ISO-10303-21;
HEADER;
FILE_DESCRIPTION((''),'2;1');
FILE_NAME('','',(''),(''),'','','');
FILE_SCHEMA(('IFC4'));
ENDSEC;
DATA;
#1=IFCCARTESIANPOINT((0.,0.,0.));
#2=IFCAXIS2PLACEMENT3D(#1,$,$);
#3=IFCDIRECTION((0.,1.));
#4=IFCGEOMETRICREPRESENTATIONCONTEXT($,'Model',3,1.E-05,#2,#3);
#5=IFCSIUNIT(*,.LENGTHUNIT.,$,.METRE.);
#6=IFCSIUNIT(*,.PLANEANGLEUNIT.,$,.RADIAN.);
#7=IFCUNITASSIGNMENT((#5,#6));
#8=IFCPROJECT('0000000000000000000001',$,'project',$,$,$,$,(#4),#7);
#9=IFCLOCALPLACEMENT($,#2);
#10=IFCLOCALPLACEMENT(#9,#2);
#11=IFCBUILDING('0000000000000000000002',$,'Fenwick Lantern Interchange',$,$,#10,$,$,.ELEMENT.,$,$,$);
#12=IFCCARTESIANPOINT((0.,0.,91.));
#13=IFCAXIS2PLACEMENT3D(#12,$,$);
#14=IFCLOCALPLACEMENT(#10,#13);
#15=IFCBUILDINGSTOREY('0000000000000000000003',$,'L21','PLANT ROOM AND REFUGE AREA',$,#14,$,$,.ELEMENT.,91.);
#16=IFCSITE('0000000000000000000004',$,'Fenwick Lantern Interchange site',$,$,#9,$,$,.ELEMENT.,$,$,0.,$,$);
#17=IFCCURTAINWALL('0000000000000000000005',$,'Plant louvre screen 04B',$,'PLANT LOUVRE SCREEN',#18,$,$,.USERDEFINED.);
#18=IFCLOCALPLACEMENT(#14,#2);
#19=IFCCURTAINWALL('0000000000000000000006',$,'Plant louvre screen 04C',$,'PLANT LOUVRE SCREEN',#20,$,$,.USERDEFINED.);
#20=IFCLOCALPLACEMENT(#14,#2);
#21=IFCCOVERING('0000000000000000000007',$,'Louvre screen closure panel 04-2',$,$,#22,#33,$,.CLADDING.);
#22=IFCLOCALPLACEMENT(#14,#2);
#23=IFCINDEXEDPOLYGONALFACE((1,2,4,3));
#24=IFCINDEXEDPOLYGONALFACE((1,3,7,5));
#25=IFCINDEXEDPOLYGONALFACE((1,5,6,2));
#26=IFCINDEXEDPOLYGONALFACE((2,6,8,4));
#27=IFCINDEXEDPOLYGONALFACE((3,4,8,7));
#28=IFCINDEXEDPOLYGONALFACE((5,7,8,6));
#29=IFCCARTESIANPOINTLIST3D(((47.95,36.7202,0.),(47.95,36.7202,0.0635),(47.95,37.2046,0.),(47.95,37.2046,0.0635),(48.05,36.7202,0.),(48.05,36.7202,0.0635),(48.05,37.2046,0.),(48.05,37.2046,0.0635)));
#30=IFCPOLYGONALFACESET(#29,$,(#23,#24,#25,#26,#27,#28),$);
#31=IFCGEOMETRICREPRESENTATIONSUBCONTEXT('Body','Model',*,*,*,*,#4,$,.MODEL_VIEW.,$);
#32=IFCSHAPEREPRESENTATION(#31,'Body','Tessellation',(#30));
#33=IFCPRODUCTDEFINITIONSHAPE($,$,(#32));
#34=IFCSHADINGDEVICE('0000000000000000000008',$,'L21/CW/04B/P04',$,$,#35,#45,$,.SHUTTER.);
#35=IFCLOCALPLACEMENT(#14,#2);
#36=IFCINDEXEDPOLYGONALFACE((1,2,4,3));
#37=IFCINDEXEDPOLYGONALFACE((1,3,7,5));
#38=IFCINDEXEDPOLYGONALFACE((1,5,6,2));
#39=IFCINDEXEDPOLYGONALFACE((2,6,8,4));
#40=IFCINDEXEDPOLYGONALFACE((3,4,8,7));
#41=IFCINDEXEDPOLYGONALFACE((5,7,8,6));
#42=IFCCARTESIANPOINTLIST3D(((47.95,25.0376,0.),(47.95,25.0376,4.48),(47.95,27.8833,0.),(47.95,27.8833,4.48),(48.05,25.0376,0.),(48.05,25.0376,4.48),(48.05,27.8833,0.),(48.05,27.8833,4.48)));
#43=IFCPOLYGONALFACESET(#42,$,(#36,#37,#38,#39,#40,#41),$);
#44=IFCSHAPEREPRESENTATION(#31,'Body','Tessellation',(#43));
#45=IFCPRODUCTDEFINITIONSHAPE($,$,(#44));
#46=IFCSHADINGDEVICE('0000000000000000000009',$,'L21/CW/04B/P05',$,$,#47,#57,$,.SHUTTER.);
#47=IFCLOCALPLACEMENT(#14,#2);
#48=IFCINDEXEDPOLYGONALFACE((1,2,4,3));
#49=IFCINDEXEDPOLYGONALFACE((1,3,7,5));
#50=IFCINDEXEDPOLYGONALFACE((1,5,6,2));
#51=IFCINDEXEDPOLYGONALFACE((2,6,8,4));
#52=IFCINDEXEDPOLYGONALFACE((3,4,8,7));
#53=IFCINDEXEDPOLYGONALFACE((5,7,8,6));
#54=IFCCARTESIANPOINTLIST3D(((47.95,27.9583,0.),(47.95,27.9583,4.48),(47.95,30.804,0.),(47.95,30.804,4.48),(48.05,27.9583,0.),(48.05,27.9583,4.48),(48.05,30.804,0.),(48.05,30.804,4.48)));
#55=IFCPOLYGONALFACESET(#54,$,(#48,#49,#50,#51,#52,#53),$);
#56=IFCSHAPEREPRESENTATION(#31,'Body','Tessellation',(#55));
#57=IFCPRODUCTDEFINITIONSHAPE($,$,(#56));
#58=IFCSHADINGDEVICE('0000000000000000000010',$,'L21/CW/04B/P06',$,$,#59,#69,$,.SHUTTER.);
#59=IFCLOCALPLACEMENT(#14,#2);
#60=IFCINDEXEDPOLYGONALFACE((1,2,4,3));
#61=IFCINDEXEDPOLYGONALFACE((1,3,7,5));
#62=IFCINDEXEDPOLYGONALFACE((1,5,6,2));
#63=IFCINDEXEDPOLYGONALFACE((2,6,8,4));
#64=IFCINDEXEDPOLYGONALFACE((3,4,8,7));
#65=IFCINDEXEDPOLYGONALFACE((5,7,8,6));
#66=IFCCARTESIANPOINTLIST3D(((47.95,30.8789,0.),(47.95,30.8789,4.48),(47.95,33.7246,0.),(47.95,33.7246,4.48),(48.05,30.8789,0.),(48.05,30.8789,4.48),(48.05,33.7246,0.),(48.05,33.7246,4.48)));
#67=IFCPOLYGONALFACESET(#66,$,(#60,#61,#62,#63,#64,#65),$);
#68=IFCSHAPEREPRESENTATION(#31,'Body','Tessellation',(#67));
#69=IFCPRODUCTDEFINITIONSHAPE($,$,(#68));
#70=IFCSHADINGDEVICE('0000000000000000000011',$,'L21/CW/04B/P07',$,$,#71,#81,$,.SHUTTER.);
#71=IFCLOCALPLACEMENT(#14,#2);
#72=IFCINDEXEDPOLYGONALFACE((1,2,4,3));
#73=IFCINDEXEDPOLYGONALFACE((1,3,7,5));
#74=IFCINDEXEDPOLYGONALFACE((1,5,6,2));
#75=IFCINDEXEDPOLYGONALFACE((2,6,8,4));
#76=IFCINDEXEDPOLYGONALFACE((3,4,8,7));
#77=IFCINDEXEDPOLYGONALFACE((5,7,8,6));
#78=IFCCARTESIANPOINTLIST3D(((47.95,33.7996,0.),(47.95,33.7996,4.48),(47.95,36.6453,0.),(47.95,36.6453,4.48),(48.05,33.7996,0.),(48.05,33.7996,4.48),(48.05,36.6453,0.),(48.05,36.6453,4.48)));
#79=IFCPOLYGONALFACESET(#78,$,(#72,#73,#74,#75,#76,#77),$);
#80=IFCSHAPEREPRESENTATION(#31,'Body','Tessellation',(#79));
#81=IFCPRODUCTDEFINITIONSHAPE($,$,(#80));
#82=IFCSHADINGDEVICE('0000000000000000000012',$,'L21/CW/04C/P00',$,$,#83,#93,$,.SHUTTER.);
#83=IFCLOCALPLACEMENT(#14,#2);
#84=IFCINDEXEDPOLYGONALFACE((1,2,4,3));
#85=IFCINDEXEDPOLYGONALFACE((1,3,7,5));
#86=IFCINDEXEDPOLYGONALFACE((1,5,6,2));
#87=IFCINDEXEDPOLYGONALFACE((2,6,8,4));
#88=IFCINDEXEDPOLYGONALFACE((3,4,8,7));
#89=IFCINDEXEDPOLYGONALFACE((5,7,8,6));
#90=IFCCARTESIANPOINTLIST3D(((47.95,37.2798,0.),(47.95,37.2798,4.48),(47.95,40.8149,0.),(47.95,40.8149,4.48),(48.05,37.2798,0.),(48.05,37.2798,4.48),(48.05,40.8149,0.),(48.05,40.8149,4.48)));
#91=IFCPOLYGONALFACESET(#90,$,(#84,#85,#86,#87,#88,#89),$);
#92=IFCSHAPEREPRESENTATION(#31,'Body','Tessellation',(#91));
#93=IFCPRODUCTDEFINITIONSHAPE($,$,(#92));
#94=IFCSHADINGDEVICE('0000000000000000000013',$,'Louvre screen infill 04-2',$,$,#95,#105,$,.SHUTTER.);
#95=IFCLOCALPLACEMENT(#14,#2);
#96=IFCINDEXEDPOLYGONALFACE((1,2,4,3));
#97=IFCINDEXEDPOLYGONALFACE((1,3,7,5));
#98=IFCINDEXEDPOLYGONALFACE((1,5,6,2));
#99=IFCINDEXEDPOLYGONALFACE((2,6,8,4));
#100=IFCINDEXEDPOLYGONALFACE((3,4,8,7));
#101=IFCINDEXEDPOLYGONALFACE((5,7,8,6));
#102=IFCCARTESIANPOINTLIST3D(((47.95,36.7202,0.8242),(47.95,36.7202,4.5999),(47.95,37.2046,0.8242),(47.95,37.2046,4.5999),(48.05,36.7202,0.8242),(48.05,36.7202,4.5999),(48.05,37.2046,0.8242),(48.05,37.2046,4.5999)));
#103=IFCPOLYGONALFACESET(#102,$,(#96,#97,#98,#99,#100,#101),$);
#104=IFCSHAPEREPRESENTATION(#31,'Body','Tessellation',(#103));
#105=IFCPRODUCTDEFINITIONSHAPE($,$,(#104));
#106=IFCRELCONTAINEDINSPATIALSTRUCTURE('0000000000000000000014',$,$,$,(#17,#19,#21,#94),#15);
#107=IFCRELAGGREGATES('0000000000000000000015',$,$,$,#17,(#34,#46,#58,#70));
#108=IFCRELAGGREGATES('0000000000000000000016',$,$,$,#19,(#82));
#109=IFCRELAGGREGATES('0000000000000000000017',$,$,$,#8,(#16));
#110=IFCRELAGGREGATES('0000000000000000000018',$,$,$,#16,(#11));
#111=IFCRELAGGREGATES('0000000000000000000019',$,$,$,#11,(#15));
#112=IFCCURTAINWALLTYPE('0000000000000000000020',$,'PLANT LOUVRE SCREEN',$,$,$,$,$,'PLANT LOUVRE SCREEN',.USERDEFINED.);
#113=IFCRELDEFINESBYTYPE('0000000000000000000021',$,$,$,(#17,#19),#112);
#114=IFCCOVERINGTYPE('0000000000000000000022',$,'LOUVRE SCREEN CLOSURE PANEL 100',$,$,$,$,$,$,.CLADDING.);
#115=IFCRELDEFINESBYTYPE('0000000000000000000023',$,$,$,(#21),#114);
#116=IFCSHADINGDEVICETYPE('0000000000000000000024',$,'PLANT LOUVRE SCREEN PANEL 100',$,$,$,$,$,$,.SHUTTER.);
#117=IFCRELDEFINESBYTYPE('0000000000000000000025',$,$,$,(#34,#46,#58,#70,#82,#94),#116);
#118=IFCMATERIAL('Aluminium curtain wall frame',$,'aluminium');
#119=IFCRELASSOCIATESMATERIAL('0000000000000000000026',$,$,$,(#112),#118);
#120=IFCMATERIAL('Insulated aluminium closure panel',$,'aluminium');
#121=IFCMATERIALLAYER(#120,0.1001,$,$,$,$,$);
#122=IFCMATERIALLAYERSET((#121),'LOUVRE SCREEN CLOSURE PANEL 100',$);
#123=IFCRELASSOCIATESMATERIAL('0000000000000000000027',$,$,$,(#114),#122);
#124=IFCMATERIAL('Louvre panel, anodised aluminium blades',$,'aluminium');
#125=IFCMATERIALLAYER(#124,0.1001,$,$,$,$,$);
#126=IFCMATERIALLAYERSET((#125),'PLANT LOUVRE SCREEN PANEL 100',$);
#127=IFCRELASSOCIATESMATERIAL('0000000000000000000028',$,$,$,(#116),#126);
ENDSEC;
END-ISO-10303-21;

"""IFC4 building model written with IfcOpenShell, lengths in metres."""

from ifc_helpers import new_model, si_unit, direction, frame, origin, origin_2d, place, context, subcontext, project, spatial, rectangle, extrude, material, layer, layer_set, type_object, element, aggregate, save


model = new_model("IFC4")

# Units and contexts
model_context = context("Model", 3, precision=1e-05, world=origin(), true_north=direction((0.0, 1.0)))
body_context = subcontext(model_context, "Body", "Model", "MODEL_VIEW")
ifc_project = project(units=[si_unit("LENGTHUNIT", "METRE"), si_unit("PLANEANGLEUNIT", "RADIAN")], contexts=[model_context])

# Site, building, storey
site_placement = place(None, origin())
site = spatial("IfcSite", under=ifc_project, at=site_placement, Name="Fenwick Lantern Interchange site", CompositionType="ELEMENT", RefElevation=0.0)
building_placement = place(site_placement, origin())
building = spatial("IfcBuilding", under=site, at=building_placement, Name="Fenwick Lantern Interchange", CompositionType="ELEMENT")
storey_placement = place(building_placement, frame((0.0, 0.0, 91.0)))
storey = spatial("IfcBuildingStorey", under=building, at=storey_placement, Name="L21", Description="PLANT ROOM AND REFUGE AREA", CompositionType="ELEMENT", Elevation=91.0)

# Curtain walls
ifc_material_1 = material(Name="Aluminium curtain wall frame", Category="aluminium")
curtain_wall_type = type_object("IfcCurtainWallType", Name="PLANT LOUVRE SCREEN", ElementType="PLANT LOUVRE SCREEN", PredefinedType="USERDEFINED", material=ifc_material_1)
curtain_wall_1_placement = place(storey_placement, origin())
curtain_wall_1 = element("IfcCurtainWall", 1, at=curtain_wall_1_placement, inside=storey, type_object=curtain_wall_type, Name="Plant louvre screen 04B", ObjectType="PLANT LOUVRE SCREEN", PredefinedType="USERDEFINED")
curtain_wall_2_placement = place(storey_placement, origin())
curtain_wall_2 = element("IfcCurtainWall", 2, at=curtain_wall_2_placement, inside=storey, type_object=curtain_wall_type, Name="Plant louvre screen 04C", ObjectType="PLANT LOUVRE SCREEN", PredefinedType="USERDEFINED")

# Covering
ifc_material_2 = material(Name="Insulated aluminium closure panel", Category="aluminium")
ifc_layer_1 = layer(ifc_material_2, 0.1001)
ifc_layer_set_1 = layer_set([ifc_layer_1], Name="LOUVRE SCREEN CLOSURE PANEL 100")
covering_type = type_object("IfcCoveringType", Name="LOUVRE SCREEN CLOSURE PANEL 100", PredefinedType="CLADDING", material=ifc_layer_set_1)
covering_placement = place(storey_placement, frame((48.0, 36.9624, 0.0), z_axis=(0.0, 0.0, 1.0), x_axis=(0.0, 1.0, 0.0)))
element("IfcCovering", 3, at=covering_placement, inside=storey, type_object=covering_type, Name="Louvre screen closure panel 04-2", PredefinedType="CLADDING", context=body_context, shape_type="SweptSolid", body=[
    extrude(rectangle(XDim=0.4844, YDim=0.1001, at=origin_2d()), origin(), (0.0, 0.0, 1.0), 0.0635),
])

# Shading devices
ifc_material_3 = material(Name="Louvre panel, anodised aluminium blades", Category="aluminium")
ifc_layer_2 = layer(ifc_material_3, 0.1001)
ifc_layer_set_2 = layer_set([ifc_layer_2], Name="PLANT LOUVRE SCREEN PANEL 100")
shading_device_type = type_object("IfcShadingDeviceType", Name="PLANT LOUVRE SCREEN PANEL 100", PredefinedType="SHUTTER", material=ifc_layer_set_2)
shading_device_1_placement = place(storey_placement, frame((48.0, 26.4604, 0.0), z_axis=(0.0, 0.0, 1.0), x_axis=(0.0, 1.0, 0.0)))
shading_device_1 = element("IfcShadingDevice", 4, at=shading_device_1_placement, type_object=shading_device_type, Name="L21/CW/04B/P04", PredefinedType="SHUTTER", context=body_context, shape_type="SweptSolid", body=[
    extrude(rectangle(XDim=2.8457, YDim=0.1001, at=origin_2d()), origin(), (0.0, 0.0, 1.0), 4.48),
])
shading_device_2_placement = place(storey_placement, frame((48.0, 29.3811, 0.0), z_axis=(0.0, 0.0, 1.0), x_axis=(0.0, 1.0, 0.0)))
shading_device_2 = element("IfcShadingDevice", 5, at=shading_device_2_placement, type_object=shading_device_type, Name="L21/CW/04B/P05", PredefinedType="SHUTTER", context=body_context, shape_type="SweptSolid", body=[
    extrude(rectangle(XDim=2.8457, YDim=0.1001, at=origin_2d()), origin(), (0.0, 0.0, 1.0), 4.48),
])
shading_device_3_placement = place(storey_placement, frame((48.0, 32.3018, 0.0), z_axis=(0.0, 0.0, 1.0), x_axis=(0.0, 1.0, 0.0)))
shading_device_3 = element("IfcShadingDevice", 6, at=shading_device_3_placement, type_object=shading_device_type, Name="L21/CW/04B/P06", PredefinedType="SHUTTER", context=body_context, shape_type="SweptSolid", body=[
    extrude(rectangle(XDim=2.8457, YDim=0.1001, at=origin_2d()), origin(), (0.0, 0.0, 1.0), 4.48),
])
shading_device_4_placement = place(storey_placement, frame((48.0, 35.2224, 0.0), z_axis=(0.0, 0.0, 1.0), x_axis=(0.0, 1.0, 0.0)))
shading_device_4 = element("IfcShadingDevice", 7, at=shading_device_4_placement, type_object=shading_device_type, Name="L21/CW/04B/P07", PredefinedType="SHUTTER", context=body_context, shape_type="SweptSolid", body=[
    extrude(rectangle(XDim=2.8457, YDim=0.1001, at=origin_2d()), origin(), (0.0, 0.0, 1.0), 4.48),
])
aggregate(curtain_wall_1, [shading_device_1, shading_device_2, shading_device_3, shading_device_4])
shading_device_5_placement = place(storey_placement, frame((48.0, 39.0474, 0.0), z_axis=(0.0, 0.0, 1.0), x_axis=(0.0, 1.0, 0.0)))
shading_device_5 = element("IfcShadingDevice", 8, at=shading_device_5_placement, type_object=shading_device_type, Name="L21/CW/04C/P00", PredefinedType="SHUTTER", context=body_context, shape_type="SweptSolid", body=[
    extrude(rectangle(XDim=3.5352, YDim=0.1001, at=origin_2d()), origin(), (0.0, 0.0, 1.0), 4.48),
])
aggregate(curtain_wall_2, [shading_device_5])
shading_device_6_placement = place(storey_placement, frame((48.0, 36.9624, 0.8242), z_axis=(0.0, 0.0, 1.0), x_axis=(0.0, 1.0, 0.0)))
element("IfcShadingDevice", 9, at=shading_device_6_placement, inside=storey, type_object=shading_device_type, Name="Louvre screen infill 04-2", PredefinedType="SHUTTER", context=body_context, shape_type="SweptSolid", body=[
    extrude(rectangle(XDim=0.4844, YDim=0.1001, at=origin_2d()), origin(), (0.0, 0.0, 1.0), 3.7756),
])

save(model, "model.ifc")
